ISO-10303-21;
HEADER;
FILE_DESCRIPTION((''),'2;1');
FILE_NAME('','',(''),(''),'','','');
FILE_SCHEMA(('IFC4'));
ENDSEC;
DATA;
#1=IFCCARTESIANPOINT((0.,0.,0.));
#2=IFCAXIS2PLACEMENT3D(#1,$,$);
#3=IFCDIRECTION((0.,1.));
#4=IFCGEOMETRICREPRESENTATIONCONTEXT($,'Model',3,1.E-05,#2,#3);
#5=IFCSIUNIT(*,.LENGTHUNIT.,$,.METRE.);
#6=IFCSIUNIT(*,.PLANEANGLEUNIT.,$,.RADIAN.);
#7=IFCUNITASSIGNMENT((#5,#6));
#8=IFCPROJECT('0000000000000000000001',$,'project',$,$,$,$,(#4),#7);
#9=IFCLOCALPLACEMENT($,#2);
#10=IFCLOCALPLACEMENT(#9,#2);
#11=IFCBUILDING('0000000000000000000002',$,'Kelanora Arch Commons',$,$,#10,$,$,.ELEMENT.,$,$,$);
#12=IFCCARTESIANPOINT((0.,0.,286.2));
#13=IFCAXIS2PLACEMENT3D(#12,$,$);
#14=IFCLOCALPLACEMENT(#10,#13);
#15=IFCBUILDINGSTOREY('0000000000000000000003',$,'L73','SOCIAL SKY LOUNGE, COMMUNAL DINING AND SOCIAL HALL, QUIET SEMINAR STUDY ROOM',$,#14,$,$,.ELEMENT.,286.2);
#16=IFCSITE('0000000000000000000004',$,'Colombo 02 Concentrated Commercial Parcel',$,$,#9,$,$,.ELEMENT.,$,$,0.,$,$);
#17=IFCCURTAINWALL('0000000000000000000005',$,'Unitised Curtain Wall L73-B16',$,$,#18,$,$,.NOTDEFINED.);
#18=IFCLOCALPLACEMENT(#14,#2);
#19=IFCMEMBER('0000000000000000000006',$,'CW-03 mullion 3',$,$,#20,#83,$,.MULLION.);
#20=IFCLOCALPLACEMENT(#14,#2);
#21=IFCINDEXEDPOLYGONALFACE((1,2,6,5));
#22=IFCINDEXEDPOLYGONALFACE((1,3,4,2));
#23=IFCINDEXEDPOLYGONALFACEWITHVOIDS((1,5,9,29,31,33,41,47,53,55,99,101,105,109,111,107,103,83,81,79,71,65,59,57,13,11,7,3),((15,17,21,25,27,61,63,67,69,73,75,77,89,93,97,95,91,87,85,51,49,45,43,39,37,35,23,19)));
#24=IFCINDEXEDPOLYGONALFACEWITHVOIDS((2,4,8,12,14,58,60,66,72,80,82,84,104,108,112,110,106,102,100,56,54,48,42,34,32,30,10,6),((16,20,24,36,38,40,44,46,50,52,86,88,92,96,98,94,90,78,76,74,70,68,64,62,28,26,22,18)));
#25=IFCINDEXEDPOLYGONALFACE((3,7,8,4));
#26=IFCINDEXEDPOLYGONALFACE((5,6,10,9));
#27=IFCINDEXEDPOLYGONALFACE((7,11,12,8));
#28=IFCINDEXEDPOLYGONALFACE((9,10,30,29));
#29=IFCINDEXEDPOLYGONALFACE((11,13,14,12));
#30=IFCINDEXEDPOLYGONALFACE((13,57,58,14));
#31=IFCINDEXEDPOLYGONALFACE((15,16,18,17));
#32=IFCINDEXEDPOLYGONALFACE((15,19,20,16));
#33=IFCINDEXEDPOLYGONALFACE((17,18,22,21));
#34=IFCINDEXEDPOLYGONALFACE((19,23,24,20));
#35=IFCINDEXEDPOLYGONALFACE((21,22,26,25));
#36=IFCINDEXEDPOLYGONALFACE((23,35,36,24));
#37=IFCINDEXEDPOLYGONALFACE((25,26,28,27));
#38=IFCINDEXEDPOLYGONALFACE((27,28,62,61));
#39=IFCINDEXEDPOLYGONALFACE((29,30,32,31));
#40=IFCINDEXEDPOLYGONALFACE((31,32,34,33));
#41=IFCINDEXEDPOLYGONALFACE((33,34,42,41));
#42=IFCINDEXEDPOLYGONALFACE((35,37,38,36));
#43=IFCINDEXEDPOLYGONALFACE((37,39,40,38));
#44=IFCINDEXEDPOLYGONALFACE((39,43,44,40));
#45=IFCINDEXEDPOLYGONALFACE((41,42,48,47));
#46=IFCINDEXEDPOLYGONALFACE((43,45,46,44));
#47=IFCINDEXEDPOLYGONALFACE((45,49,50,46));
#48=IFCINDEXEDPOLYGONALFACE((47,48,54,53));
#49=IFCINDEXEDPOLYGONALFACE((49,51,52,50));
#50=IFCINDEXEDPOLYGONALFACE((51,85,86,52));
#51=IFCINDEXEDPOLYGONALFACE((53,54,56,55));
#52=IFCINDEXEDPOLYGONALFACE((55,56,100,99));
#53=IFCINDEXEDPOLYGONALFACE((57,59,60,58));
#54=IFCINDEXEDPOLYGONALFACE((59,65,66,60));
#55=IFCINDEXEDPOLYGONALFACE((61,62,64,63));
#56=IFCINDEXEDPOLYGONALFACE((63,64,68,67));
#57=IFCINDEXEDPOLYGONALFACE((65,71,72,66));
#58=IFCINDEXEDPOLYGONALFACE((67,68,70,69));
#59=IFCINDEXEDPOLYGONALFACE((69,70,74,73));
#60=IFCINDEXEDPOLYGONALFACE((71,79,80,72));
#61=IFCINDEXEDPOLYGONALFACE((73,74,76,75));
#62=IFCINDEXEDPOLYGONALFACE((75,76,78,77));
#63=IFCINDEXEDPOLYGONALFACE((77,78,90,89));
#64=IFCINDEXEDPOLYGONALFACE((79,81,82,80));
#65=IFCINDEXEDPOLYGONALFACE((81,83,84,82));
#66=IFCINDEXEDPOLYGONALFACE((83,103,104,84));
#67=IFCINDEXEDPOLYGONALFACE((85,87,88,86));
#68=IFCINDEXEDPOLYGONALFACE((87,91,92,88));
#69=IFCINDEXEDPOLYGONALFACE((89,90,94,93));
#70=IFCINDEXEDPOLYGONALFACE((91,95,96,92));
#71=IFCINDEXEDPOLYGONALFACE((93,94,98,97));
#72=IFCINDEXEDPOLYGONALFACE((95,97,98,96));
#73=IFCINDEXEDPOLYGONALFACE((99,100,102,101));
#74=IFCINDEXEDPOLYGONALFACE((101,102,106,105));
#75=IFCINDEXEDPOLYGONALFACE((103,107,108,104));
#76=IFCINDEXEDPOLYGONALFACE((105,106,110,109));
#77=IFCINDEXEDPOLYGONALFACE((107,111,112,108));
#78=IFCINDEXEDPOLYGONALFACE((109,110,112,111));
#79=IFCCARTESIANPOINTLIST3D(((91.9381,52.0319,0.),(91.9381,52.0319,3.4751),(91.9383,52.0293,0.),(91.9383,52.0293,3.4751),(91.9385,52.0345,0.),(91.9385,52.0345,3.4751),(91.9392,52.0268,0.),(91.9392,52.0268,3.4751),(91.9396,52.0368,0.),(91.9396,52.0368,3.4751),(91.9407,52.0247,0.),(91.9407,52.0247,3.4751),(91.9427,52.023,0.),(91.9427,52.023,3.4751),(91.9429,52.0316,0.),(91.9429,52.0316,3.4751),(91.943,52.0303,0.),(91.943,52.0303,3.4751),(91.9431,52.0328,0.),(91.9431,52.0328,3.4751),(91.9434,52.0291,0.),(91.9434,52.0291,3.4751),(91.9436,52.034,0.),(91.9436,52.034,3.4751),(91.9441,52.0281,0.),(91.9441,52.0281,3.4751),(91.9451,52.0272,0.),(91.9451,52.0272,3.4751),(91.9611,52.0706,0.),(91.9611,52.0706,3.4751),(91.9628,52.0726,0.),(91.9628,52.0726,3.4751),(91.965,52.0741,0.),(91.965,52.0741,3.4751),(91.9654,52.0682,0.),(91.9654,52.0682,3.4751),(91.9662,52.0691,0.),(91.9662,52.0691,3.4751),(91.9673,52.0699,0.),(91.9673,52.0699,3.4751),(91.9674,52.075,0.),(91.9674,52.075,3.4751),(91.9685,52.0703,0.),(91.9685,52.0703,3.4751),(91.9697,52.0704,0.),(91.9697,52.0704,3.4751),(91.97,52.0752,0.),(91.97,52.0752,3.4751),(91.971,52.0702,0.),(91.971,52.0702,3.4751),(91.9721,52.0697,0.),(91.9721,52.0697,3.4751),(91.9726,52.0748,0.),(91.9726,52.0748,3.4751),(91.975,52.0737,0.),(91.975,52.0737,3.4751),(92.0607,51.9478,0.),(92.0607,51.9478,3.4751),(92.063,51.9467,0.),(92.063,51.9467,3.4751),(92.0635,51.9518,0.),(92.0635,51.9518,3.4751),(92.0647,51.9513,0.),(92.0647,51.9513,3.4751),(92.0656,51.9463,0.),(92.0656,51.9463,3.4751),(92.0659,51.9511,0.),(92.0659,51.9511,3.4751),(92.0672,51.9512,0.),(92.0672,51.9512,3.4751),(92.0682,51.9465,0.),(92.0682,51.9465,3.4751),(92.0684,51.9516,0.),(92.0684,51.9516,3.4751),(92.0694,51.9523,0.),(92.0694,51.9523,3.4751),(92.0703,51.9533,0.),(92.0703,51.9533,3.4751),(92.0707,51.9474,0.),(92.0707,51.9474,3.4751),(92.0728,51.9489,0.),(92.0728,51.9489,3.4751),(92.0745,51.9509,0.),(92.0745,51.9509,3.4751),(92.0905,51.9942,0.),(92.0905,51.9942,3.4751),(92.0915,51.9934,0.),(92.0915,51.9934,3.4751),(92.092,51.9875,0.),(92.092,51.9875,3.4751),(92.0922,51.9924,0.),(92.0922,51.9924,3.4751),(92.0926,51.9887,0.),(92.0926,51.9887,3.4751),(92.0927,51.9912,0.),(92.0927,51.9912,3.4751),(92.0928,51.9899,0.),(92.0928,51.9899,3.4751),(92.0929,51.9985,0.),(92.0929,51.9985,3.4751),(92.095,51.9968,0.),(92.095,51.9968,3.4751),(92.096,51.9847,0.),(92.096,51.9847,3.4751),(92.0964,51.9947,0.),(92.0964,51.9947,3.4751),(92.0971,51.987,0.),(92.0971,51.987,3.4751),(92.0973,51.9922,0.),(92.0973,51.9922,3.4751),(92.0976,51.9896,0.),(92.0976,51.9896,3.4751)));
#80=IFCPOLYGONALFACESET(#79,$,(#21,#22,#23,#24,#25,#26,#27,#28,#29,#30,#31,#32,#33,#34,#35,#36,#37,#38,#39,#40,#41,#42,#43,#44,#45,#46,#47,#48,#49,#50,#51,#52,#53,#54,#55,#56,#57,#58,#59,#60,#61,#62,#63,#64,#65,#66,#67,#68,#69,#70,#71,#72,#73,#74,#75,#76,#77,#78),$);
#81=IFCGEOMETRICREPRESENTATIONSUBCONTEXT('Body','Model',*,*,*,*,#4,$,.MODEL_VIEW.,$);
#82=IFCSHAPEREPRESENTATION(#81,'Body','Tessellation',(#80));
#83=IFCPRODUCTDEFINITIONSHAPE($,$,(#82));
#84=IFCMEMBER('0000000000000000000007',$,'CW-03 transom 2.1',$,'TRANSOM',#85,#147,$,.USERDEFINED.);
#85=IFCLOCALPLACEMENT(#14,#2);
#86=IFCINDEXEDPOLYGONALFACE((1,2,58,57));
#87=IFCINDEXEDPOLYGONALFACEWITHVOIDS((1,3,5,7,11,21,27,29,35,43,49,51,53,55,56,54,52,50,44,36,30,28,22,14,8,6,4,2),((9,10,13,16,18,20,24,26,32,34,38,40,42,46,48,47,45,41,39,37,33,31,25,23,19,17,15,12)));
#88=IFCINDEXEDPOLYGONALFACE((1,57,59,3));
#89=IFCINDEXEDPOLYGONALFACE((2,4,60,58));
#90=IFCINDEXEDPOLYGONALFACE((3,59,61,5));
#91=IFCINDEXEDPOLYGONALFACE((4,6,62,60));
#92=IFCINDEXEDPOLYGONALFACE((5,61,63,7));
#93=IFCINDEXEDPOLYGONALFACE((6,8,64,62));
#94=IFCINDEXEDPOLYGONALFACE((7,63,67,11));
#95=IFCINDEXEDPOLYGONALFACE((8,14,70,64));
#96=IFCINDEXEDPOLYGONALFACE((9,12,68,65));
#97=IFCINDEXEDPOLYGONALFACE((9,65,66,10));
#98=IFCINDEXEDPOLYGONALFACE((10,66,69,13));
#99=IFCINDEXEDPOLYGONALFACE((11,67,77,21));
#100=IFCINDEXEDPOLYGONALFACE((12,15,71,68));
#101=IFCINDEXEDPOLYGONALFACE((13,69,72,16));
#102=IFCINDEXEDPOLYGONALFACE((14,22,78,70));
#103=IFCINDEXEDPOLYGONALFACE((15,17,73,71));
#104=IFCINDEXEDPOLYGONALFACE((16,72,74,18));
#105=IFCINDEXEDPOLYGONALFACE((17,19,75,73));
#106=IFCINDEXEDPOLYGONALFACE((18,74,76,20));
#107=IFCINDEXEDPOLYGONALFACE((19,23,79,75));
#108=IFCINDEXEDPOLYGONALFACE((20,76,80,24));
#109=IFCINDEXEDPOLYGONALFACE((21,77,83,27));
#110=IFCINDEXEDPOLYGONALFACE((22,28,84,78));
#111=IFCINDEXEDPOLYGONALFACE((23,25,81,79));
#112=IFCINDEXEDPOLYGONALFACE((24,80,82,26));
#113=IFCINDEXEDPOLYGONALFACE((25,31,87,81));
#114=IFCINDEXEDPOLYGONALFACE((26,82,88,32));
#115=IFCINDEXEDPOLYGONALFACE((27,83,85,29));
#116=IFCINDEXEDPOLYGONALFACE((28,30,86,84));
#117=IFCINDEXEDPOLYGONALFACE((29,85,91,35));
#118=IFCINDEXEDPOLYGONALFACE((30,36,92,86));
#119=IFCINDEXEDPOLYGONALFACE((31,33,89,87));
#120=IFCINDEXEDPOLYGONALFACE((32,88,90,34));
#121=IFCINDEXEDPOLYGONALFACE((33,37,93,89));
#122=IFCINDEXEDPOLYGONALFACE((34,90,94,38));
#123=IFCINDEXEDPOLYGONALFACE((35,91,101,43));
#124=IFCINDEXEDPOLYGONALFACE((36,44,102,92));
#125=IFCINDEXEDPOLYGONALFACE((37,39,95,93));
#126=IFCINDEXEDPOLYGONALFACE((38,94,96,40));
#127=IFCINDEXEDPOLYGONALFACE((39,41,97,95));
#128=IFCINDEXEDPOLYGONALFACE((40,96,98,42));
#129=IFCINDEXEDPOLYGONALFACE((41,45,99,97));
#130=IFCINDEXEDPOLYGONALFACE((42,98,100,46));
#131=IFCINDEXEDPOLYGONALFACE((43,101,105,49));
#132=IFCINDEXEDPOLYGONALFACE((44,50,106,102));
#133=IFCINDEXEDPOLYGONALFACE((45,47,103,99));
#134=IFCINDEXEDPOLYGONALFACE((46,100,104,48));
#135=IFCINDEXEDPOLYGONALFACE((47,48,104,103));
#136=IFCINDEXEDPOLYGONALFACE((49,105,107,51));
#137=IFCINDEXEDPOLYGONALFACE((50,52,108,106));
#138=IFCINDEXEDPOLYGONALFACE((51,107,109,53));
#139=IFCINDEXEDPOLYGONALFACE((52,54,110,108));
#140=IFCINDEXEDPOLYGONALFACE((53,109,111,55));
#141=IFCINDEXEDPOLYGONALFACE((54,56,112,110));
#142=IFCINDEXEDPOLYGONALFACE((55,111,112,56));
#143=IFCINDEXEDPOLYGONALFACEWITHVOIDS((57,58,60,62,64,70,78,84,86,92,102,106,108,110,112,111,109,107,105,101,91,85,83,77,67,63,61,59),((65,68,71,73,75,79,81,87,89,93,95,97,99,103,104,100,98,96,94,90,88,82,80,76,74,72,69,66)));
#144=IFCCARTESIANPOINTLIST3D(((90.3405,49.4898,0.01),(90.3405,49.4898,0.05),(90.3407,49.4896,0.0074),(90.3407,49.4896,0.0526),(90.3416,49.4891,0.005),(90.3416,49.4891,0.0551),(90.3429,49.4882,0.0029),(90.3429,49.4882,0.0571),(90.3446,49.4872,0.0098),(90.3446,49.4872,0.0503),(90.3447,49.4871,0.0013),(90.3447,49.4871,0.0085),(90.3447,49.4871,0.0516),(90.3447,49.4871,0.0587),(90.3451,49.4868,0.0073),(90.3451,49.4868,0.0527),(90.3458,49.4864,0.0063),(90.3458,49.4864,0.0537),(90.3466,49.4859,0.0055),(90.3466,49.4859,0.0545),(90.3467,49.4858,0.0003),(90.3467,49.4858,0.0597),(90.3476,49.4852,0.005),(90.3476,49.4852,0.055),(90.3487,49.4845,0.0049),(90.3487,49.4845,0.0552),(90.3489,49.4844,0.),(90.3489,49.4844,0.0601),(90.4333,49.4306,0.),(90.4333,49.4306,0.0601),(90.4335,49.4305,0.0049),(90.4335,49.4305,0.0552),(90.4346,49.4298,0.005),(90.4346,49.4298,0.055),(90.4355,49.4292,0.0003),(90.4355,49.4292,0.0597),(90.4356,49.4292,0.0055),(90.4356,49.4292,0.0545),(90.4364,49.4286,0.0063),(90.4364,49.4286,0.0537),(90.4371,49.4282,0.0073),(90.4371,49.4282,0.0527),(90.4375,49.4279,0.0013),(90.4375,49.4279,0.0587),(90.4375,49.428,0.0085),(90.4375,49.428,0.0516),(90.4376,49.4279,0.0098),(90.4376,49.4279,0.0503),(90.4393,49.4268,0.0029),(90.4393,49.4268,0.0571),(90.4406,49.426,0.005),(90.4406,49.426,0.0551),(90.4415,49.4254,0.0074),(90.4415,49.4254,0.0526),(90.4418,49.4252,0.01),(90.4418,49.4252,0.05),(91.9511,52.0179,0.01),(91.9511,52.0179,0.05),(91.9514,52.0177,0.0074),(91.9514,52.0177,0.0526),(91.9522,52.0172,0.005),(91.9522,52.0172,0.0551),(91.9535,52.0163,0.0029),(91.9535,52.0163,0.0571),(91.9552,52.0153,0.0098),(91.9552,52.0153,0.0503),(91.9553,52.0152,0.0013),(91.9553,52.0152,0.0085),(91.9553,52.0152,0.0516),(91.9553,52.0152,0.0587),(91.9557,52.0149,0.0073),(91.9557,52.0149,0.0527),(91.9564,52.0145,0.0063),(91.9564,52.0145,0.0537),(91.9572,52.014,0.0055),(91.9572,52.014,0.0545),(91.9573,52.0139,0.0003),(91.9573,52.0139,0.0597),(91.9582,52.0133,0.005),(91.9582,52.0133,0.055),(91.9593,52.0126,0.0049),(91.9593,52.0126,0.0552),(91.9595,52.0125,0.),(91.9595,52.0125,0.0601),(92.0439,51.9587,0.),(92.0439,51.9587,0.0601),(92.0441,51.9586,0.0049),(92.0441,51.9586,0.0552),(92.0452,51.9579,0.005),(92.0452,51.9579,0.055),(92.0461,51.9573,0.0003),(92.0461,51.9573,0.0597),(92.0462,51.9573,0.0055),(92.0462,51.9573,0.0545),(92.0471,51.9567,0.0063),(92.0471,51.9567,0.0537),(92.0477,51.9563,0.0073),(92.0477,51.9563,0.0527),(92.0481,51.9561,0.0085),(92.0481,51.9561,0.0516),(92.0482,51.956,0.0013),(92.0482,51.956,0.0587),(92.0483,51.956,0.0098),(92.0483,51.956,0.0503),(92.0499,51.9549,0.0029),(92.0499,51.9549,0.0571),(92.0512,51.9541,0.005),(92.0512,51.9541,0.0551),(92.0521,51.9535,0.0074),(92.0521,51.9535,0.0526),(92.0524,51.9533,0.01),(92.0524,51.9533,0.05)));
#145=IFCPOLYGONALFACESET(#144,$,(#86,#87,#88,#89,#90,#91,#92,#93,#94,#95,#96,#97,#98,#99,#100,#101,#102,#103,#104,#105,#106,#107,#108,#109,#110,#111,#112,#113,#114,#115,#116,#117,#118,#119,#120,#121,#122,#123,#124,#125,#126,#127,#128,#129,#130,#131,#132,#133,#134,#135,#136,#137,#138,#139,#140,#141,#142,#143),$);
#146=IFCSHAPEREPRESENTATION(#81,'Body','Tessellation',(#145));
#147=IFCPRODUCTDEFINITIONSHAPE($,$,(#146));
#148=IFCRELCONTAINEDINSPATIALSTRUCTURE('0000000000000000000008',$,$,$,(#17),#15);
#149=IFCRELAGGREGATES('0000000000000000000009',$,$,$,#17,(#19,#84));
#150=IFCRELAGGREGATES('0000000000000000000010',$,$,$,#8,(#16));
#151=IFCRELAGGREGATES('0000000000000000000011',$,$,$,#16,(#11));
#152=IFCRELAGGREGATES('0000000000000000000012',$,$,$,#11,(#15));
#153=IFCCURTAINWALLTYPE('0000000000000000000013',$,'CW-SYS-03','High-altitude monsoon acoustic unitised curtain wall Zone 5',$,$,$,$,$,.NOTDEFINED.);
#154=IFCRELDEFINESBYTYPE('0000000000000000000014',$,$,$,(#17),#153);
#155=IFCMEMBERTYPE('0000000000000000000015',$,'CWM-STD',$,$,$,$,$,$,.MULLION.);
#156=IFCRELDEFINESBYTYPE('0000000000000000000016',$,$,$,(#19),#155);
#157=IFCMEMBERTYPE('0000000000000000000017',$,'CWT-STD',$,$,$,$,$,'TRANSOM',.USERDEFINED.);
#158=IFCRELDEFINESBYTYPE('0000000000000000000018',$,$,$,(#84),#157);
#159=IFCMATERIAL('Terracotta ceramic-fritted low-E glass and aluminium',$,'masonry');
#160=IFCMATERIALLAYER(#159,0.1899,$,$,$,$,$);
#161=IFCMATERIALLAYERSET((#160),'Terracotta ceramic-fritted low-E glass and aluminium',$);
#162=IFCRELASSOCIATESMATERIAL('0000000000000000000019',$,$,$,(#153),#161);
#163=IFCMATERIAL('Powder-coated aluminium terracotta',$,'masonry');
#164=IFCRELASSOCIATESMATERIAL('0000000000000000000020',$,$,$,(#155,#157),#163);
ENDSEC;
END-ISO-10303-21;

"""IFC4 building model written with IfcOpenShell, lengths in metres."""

from ifc_helpers import new_model, si_unit, direction, frame, origin, origin_2d, place, context, subcontext, project, spatial, hollow_rectangle, extrude, material, layer, layer_set, material_profile, profile_set, type_object, element, aggregate, save


model = new_model("IFC4")

# Units and contexts
model_context = context("Model", 3, precision=1e-05, world=origin(), true_north=direction((0.0, 1.0)))
body_context = subcontext(model_context, "Body", "Model", "MODEL_VIEW")
ifc_project = project(units=[si_unit("LENGTHUNIT", "METRE"), si_unit("PLANEANGLEUNIT", "RADIAN")], contexts=[model_context])

# Site, building, storey
site_placement = place(None, origin())
site = spatial("IfcSite", under=ifc_project, at=site_placement, Name="Colombo 02 Concentrated Commercial Parcel", CompositionType="ELEMENT", RefElevation=0.0)
building_placement = place(site_placement, origin())
building = spatial("IfcBuilding", under=site, at=building_placement, Name="Kelanora Arch Commons", CompositionType="ELEMENT")
storey_placement = place(building_placement, frame((0.0, 0.0, 286.2)))
storey = spatial("IfcBuildingStorey", under=building, at=storey_placement, Name="L73", Description="SOCIAL SKY LOUNGE, COMMUNAL DINING AND SOCIAL HALL, QUIET SEMINAR STUDY ROOM", CompositionType="ELEMENT", Elevation=286.2)

# Curtain wall, members
ifc_material_1 = material(Name="Terracotta ceramic-fritted low-E glass and aluminium", Category="masonry")
ifc_layer_1 = layer(ifc_material_1, 0.1899)
ifc_layer_set_1 = layer_set([ifc_layer_1], Name="Terracotta ceramic-fritted low-E glass and aluminium")
curtain_wall_type = type_object("IfcCurtainWallType", Name="CW-SYS-03", Description="High-altitude monsoon acoustic unitised curtain wall Zone 5", PredefinedType="NOTDEFINED", material=ifc_layer_set_1)
curtain_wall_placement = place(storey_placement, origin())
curtain_wall = element("IfcCurtainWall", 1, at=curtain_wall_placement, inside=storey, type_object=curtain_wall_type, Name="Unitised Curtain Wall L73-B16", PredefinedType="NOTDEFINED")
ifc_material_2 = material(Name="Powder-coated aluminium terracotta", Category="masonry")
ifc_material_profile_1 = material_profile(ifc_material_2, hollow_rectangle(XDim=0.1599, YDim=0.0601, WallThickness=0.0049, InnerFilletRadius=0.0049, OuterFilletRadius=0.01, at=origin_2d()), Name="CWM160x60")
ifc_profile_set_1 = profile_set([ifc_material_profile_1], Name="Powder-coated aluminium terracotta")
member_type_1 = type_object("IfcMemberType", Name="CWM-STD", PredefinedType="MULLION", material=ifc_profile_set_1)
member_1_placement = place(storey_placement, frame((92.0178, 52.0107, 0.0), z_axis=(0.0, 0.0, 1.0), x_axis=(-0.843391, 0.5373, 0.0)))
member_1 = element("IfcMember", 2, at=member_1_placement, type_object=member_type_1, Name="CW-03 mullion 3", PredefinedType="MULLION", context=body_context, shape_type="SweptSolid", body=[
    extrude(hollow_rectangle(XDim=0.1599, YDim=0.0601, WallThickness=0.0049, InnerFilletRadius=0.0049, OuterFilletRadius=0.01, at=origin_2d()), origin(), (0.0, 0.0, 1.0), 3.4751),
])
ifc_material_profile_2 = material_profile(ifc_material_2, hollow_rectangle(XDim=0.1201, YDim=0.0601, WallThickness=0.0049, InnerFilletRadius=0.0049, OuterFilletRadius=0.01, at=origin_2d()), Name="CWT120x60")
ifc_profile_set_2 = profile_set([ifc_material_profile_2], Name="Powder-coated aluminium terracotta")
member_type_2 = type_object("IfcMemberType", Name="CWT-STD", ElementType="TRANSOM", PredefinedType="USERDEFINED", material=ifc_profile_set_2)
member_2_placement = place(storey_placement, frame((90.3911, 49.4575, 0.03), z_axis=(0.537308, 0.843386, 0.0), x_axis=(-0.843386, 0.537308, 0.0)))
member_2 = element("IfcMember", 3, at=member_2_placement, type_object=member_type_2, Name="CW-03 transom 2.1", ObjectType="TRANSOM", PredefinedType="USERDEFINED", context=body_context, shape_type="SweptSolid", body=[
    extrude(hollow_rectangle(XDim=0.1201, YDim=0.0601, WallThickness=0.0049, InnerFilletRadius=0.0049, OuterFilletRadius=0.01, at=origin_2d()), origin(), (0.0, 0.0, 1.0), 2.9976),
])
aggregate(curtain_wall, [member_1, member_2])

save(model, "model.ifc")
